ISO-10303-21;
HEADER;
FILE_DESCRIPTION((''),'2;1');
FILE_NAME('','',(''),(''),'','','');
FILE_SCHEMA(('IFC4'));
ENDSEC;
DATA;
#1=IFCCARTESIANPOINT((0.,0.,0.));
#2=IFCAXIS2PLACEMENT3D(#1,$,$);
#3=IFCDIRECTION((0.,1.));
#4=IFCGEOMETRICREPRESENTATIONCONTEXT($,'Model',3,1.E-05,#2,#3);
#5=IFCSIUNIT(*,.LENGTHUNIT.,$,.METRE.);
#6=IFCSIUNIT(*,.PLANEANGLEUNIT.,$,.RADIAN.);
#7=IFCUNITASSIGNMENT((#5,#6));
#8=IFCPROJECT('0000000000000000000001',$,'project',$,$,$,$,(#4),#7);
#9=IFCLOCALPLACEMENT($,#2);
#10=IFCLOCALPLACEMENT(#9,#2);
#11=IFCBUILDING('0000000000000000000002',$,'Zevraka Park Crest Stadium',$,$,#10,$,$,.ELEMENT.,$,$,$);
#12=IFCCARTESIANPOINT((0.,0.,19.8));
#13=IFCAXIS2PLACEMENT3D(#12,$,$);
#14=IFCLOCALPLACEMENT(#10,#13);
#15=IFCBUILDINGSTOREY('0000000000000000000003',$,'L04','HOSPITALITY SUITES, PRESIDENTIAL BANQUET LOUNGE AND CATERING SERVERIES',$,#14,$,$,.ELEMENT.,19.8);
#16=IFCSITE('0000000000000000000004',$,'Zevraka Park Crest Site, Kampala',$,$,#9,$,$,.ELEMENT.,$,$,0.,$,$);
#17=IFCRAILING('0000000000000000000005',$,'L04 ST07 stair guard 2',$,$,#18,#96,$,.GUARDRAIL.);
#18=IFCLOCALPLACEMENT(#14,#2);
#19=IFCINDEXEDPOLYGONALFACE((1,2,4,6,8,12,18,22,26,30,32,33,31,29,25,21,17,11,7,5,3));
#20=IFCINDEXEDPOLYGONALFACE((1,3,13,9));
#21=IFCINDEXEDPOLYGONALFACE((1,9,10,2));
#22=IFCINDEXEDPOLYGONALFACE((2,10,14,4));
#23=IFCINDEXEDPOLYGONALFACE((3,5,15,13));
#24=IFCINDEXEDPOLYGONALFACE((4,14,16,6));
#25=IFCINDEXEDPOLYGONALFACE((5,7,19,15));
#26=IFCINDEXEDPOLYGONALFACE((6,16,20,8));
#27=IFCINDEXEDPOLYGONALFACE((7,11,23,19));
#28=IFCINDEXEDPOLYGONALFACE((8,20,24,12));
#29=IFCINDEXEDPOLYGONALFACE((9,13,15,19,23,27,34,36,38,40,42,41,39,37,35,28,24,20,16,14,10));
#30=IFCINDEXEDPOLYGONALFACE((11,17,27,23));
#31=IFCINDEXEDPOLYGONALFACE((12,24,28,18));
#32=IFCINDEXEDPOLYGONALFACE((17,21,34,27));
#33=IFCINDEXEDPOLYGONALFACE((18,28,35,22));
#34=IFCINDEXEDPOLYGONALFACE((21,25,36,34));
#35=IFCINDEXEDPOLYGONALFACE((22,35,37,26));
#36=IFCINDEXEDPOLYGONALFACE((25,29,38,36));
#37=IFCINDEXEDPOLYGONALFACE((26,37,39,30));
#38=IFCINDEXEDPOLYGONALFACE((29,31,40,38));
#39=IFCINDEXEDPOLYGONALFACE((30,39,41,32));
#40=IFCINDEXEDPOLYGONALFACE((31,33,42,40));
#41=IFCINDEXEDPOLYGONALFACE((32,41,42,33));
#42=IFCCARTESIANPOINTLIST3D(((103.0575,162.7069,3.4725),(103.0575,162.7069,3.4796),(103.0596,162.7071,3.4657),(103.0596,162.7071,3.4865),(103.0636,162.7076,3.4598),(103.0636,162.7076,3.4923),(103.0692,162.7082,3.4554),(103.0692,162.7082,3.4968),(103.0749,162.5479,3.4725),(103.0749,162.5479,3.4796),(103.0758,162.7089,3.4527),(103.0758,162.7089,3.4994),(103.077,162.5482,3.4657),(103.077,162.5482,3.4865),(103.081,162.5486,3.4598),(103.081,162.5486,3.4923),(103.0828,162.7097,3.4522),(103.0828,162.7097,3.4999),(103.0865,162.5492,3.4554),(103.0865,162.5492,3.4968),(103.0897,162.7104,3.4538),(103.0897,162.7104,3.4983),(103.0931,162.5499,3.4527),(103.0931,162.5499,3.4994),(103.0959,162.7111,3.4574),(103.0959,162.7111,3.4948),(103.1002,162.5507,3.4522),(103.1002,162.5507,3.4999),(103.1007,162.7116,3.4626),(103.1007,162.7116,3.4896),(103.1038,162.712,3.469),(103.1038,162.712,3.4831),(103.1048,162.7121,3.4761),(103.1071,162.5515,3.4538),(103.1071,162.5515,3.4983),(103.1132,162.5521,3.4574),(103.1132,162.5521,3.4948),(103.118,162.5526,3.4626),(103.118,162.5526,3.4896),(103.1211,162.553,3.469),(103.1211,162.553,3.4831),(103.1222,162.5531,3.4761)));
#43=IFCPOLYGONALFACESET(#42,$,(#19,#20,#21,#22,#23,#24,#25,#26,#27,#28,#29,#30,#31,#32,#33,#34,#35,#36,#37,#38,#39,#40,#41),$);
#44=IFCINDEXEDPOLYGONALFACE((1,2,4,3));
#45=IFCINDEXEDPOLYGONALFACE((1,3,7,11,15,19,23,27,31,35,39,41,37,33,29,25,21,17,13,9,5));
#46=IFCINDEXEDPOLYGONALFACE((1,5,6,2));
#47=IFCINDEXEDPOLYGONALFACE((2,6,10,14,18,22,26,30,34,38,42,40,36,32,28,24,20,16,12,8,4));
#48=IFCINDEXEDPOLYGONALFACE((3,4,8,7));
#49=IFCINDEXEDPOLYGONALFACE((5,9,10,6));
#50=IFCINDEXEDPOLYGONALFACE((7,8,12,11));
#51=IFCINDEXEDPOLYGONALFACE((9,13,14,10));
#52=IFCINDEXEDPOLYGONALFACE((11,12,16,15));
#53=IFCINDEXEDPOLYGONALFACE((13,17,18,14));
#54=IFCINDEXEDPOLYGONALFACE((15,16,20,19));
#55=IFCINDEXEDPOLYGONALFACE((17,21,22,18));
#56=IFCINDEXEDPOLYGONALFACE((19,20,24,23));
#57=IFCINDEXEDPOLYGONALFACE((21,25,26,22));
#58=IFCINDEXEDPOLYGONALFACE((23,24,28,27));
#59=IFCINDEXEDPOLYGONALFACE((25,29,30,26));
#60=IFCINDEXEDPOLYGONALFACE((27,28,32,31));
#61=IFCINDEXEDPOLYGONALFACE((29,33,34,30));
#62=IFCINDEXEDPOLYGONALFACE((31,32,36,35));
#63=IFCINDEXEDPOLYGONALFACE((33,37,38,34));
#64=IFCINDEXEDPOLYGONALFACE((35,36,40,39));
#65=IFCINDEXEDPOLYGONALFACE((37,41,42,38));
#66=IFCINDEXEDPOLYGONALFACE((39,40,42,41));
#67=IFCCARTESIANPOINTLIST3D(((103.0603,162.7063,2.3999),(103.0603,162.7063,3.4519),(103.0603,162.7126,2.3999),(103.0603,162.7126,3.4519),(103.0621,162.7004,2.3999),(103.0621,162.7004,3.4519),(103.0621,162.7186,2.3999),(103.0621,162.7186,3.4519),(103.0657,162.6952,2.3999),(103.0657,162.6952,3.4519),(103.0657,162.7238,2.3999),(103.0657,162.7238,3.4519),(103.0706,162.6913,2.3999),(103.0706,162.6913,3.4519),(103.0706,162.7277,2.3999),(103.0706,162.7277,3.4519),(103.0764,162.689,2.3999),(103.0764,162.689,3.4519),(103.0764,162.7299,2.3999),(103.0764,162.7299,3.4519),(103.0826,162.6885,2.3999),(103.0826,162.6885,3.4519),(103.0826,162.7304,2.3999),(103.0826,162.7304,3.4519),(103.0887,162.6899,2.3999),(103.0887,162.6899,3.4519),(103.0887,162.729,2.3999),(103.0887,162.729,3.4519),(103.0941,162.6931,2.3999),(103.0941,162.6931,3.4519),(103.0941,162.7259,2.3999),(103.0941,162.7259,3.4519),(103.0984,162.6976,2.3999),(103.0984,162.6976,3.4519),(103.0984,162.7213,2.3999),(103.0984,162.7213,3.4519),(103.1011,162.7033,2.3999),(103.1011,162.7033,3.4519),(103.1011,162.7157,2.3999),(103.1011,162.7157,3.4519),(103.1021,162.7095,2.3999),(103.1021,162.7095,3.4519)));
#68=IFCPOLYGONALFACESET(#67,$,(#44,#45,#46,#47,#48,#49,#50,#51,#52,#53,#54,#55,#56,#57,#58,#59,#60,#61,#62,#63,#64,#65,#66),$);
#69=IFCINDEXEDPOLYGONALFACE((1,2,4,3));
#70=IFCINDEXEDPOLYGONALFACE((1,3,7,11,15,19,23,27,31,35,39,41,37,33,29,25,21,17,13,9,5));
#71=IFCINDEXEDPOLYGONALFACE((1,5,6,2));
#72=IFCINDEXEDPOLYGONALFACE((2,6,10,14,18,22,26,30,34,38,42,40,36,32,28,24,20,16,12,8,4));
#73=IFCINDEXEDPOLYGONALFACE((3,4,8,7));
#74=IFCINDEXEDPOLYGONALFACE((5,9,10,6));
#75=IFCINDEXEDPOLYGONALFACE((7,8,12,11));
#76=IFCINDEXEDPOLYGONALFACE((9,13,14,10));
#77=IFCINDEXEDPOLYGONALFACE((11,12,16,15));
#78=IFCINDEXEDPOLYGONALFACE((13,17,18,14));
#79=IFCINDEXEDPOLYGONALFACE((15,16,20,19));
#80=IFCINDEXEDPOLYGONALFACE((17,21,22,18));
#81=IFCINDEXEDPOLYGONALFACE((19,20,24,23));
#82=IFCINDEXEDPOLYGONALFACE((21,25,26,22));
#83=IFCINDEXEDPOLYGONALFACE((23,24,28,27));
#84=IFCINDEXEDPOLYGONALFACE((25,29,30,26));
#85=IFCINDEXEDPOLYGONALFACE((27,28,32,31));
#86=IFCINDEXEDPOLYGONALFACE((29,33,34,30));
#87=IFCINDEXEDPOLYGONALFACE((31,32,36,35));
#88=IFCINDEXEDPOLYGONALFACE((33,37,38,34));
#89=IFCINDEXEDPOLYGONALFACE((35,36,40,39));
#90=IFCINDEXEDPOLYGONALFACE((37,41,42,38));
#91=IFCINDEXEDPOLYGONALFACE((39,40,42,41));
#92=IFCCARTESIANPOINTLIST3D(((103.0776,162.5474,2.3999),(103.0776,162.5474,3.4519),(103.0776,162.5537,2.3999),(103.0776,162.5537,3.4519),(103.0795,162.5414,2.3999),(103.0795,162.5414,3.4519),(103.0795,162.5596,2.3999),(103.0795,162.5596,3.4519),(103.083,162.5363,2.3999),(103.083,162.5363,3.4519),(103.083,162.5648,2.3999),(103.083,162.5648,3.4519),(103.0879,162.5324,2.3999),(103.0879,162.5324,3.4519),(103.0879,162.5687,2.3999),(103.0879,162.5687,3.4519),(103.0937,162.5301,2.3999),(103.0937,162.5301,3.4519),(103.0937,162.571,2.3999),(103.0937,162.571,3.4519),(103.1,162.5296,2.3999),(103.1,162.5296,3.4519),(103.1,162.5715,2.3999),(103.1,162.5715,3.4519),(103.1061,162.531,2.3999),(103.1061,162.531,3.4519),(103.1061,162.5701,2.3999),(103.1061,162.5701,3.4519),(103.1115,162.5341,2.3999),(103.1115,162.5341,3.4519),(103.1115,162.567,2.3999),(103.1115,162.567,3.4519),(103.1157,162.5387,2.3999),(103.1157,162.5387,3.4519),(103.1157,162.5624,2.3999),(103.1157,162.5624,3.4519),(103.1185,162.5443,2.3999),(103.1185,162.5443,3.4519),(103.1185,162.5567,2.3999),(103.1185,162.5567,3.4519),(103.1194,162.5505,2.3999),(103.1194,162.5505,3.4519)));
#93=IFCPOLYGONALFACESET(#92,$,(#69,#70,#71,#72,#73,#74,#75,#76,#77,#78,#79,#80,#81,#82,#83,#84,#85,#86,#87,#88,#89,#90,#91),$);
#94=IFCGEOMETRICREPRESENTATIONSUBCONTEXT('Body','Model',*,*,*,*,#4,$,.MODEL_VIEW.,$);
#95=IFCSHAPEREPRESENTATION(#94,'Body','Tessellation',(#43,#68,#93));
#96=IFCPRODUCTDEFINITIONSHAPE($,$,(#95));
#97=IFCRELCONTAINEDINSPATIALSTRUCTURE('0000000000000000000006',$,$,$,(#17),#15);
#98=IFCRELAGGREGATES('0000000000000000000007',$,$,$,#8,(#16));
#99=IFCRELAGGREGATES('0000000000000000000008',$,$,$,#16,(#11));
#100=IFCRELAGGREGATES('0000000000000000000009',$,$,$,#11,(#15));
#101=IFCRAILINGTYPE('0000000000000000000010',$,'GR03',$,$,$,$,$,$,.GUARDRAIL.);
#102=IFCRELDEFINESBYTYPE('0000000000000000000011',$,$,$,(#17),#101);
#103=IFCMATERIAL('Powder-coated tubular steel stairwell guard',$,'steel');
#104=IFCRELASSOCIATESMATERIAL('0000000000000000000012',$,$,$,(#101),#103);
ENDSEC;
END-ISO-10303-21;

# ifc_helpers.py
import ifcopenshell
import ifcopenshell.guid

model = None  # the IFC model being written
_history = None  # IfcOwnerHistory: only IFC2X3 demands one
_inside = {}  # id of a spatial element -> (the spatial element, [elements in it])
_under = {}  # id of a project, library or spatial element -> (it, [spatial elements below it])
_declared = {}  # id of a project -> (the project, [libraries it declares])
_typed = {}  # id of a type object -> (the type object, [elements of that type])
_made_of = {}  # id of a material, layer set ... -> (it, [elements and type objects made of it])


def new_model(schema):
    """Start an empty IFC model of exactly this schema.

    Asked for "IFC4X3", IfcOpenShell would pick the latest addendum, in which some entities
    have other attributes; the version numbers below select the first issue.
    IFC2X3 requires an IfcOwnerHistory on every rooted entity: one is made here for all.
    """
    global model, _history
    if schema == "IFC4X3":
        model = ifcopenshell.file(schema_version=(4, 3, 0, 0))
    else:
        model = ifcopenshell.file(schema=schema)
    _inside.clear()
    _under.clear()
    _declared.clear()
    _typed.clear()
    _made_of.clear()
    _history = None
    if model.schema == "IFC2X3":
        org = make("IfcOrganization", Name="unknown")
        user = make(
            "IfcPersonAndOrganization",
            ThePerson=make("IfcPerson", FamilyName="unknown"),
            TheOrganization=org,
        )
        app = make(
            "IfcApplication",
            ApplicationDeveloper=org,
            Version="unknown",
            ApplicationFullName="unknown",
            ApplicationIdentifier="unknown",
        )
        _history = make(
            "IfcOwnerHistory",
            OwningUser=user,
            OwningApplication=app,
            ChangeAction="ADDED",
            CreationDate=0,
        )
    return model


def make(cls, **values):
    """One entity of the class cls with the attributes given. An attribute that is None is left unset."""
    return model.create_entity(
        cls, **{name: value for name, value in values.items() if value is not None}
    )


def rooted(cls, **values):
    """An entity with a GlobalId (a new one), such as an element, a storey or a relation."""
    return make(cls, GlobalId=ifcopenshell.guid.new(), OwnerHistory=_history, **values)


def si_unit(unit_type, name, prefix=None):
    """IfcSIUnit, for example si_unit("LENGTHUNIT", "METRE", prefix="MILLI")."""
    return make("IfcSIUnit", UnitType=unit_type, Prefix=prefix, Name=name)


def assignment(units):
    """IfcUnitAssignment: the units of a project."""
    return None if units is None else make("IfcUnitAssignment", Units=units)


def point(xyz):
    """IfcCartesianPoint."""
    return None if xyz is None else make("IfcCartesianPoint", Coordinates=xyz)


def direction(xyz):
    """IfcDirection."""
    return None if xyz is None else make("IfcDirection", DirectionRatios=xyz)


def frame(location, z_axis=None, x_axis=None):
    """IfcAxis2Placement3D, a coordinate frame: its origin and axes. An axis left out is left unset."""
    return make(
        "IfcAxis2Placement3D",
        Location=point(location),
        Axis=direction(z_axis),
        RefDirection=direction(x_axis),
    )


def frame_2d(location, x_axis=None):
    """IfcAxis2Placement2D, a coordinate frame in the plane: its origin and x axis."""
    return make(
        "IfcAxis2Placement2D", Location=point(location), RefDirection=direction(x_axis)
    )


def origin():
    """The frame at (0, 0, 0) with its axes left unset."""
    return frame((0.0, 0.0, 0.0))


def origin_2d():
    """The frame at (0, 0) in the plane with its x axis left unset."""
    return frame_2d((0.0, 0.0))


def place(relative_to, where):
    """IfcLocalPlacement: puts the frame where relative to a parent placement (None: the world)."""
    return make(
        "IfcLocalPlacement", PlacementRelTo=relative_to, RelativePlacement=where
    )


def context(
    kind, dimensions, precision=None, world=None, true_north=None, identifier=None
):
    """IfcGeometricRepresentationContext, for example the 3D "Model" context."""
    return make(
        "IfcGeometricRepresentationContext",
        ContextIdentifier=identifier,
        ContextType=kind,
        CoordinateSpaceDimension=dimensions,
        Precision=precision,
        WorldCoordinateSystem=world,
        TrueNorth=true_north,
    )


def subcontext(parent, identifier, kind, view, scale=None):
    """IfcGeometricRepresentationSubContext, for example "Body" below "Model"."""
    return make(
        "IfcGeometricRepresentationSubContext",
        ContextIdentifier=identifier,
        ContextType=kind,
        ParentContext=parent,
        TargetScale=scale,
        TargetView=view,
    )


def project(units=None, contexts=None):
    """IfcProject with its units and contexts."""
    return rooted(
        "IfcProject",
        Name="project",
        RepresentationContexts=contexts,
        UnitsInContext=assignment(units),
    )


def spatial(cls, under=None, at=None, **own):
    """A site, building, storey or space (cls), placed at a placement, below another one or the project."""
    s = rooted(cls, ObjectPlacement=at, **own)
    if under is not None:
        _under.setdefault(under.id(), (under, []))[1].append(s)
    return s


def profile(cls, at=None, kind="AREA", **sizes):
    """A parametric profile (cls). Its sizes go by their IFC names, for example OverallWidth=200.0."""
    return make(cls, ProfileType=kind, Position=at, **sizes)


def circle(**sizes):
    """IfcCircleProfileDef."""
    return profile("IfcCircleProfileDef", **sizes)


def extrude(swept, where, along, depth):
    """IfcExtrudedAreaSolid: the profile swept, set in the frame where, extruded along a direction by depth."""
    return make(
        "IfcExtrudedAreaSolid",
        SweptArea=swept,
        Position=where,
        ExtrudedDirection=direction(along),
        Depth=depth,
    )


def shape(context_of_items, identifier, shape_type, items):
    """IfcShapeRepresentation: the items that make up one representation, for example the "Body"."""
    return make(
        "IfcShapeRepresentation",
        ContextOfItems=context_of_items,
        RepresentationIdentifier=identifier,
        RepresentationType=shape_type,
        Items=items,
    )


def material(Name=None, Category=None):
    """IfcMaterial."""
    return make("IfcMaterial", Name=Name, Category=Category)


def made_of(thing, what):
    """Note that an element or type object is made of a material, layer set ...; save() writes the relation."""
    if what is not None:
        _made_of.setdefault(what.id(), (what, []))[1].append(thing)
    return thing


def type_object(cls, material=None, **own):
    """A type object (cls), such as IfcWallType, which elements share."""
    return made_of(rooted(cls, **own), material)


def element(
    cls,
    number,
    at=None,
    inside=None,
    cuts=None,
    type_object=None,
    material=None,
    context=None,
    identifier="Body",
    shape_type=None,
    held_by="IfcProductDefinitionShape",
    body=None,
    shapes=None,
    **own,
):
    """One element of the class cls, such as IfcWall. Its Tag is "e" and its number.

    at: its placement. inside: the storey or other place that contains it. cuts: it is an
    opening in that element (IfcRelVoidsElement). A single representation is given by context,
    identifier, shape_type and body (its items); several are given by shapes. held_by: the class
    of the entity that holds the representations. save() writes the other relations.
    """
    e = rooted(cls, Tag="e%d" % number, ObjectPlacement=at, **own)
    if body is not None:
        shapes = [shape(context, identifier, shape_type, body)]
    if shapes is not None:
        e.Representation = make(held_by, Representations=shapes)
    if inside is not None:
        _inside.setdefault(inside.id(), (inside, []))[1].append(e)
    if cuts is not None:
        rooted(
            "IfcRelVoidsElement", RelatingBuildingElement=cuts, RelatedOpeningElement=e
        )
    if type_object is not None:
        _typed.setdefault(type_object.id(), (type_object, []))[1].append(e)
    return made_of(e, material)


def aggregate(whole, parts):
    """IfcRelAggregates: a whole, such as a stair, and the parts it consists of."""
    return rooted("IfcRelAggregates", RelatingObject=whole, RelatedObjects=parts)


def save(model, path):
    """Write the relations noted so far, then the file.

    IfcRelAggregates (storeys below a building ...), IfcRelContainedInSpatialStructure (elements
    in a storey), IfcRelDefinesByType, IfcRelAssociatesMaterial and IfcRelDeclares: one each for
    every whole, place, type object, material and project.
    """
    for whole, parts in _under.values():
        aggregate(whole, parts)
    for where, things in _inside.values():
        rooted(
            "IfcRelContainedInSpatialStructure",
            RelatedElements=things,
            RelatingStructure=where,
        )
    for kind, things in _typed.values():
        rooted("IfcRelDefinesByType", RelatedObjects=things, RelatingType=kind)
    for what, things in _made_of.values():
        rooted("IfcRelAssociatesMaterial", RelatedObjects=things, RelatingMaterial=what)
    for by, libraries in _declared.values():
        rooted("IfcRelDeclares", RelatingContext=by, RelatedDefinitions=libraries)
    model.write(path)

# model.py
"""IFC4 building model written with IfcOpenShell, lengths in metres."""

from ifc_helpers import new_model, si_unit, direction, frame, origin, origin_2d, place, context, subcontext, project, spatial, circle, extrude, material, type_object, element, save


model = new_model("IFC4")

# Units and contexts
model_context = context("Model", 3, precision=1e-05, world=origin(), true_north=direction((0.0, 1.0)))
body_context = subcontext(model_context, "Body", "Model", "MODEL_VIEW")
ifc_project = project(units=[si_unit("LENGTHUNIT", "METRE"), si_unit("PLANEANGLEUNIT", "RADIAN")], contexts=[model_context])

# Site, building, storey
site_placement = place(None, origin())
site = spatial("IfcSite", under=ifc_project, at=site_placement, Name="Zevraka Park Crest Site, Kampala", CompositionType="ELEMENT", RefElevation=0.0)
building_placement = place(site_placement, origin())
building = spatial("IfcBuilding", under=site, at=building_placement, Name="Zevraka Park Crest Stadium", CompositionType="ELEMENT")
storey_placement = place(building_placement, frame((0.0, 0.0, 19.8)))
storey = spatial("IfcBuildingStorey", under=building, at=storey_placement, Name="L04", Description="HOSPITALITY SUITES, PRESIDENTIAL BANQUET LOUNGE AND CATERING SERVERIES", CompositionType="ELEMENT", Elevation=19.8)

# Railing
ifc_material_1 = material(Name="Powder-coated tubular steel stairwell guard", Category="steel")
railing_type = type_object("IfcRailingType", Name="GR03", PredefinedType="GUARDRAIL", material=ifc_material_1)
railing_1_placement = place(storey_placement, frame((103.0811, 162.7095, 2.3999)))
element("IfcRailing", 1, at=railing_1_placement, inside=storey, type_object=railing_type, Name="L04 ST07 stair guard 2", PredefinedType="GUARDRAIL", context=body_context, shape_type="SweptSolid", body=[
    extrude(circle(Radius=0.0239, at=origin_2d()), frame((0.0, 0.0, 1.0762), z_axis=(0.10842, -0.994105, 0.0), x_axis=(0.994105, 0.10842, 0.0)), (0.0, 0.0, 1.0), 0.1599),
    extrude(circle(Radius=0.021, at=origin_2d()), origin(), (0.0, 0.0, 1.0), 1.052),
    extrude(circle(Radius=0.021, at=origin_2d()), frame((0.0173, -0.1589, 0.0)), (0.0, 0.0, 1.0), 1.052),
])

save(model, "model.ifc")
